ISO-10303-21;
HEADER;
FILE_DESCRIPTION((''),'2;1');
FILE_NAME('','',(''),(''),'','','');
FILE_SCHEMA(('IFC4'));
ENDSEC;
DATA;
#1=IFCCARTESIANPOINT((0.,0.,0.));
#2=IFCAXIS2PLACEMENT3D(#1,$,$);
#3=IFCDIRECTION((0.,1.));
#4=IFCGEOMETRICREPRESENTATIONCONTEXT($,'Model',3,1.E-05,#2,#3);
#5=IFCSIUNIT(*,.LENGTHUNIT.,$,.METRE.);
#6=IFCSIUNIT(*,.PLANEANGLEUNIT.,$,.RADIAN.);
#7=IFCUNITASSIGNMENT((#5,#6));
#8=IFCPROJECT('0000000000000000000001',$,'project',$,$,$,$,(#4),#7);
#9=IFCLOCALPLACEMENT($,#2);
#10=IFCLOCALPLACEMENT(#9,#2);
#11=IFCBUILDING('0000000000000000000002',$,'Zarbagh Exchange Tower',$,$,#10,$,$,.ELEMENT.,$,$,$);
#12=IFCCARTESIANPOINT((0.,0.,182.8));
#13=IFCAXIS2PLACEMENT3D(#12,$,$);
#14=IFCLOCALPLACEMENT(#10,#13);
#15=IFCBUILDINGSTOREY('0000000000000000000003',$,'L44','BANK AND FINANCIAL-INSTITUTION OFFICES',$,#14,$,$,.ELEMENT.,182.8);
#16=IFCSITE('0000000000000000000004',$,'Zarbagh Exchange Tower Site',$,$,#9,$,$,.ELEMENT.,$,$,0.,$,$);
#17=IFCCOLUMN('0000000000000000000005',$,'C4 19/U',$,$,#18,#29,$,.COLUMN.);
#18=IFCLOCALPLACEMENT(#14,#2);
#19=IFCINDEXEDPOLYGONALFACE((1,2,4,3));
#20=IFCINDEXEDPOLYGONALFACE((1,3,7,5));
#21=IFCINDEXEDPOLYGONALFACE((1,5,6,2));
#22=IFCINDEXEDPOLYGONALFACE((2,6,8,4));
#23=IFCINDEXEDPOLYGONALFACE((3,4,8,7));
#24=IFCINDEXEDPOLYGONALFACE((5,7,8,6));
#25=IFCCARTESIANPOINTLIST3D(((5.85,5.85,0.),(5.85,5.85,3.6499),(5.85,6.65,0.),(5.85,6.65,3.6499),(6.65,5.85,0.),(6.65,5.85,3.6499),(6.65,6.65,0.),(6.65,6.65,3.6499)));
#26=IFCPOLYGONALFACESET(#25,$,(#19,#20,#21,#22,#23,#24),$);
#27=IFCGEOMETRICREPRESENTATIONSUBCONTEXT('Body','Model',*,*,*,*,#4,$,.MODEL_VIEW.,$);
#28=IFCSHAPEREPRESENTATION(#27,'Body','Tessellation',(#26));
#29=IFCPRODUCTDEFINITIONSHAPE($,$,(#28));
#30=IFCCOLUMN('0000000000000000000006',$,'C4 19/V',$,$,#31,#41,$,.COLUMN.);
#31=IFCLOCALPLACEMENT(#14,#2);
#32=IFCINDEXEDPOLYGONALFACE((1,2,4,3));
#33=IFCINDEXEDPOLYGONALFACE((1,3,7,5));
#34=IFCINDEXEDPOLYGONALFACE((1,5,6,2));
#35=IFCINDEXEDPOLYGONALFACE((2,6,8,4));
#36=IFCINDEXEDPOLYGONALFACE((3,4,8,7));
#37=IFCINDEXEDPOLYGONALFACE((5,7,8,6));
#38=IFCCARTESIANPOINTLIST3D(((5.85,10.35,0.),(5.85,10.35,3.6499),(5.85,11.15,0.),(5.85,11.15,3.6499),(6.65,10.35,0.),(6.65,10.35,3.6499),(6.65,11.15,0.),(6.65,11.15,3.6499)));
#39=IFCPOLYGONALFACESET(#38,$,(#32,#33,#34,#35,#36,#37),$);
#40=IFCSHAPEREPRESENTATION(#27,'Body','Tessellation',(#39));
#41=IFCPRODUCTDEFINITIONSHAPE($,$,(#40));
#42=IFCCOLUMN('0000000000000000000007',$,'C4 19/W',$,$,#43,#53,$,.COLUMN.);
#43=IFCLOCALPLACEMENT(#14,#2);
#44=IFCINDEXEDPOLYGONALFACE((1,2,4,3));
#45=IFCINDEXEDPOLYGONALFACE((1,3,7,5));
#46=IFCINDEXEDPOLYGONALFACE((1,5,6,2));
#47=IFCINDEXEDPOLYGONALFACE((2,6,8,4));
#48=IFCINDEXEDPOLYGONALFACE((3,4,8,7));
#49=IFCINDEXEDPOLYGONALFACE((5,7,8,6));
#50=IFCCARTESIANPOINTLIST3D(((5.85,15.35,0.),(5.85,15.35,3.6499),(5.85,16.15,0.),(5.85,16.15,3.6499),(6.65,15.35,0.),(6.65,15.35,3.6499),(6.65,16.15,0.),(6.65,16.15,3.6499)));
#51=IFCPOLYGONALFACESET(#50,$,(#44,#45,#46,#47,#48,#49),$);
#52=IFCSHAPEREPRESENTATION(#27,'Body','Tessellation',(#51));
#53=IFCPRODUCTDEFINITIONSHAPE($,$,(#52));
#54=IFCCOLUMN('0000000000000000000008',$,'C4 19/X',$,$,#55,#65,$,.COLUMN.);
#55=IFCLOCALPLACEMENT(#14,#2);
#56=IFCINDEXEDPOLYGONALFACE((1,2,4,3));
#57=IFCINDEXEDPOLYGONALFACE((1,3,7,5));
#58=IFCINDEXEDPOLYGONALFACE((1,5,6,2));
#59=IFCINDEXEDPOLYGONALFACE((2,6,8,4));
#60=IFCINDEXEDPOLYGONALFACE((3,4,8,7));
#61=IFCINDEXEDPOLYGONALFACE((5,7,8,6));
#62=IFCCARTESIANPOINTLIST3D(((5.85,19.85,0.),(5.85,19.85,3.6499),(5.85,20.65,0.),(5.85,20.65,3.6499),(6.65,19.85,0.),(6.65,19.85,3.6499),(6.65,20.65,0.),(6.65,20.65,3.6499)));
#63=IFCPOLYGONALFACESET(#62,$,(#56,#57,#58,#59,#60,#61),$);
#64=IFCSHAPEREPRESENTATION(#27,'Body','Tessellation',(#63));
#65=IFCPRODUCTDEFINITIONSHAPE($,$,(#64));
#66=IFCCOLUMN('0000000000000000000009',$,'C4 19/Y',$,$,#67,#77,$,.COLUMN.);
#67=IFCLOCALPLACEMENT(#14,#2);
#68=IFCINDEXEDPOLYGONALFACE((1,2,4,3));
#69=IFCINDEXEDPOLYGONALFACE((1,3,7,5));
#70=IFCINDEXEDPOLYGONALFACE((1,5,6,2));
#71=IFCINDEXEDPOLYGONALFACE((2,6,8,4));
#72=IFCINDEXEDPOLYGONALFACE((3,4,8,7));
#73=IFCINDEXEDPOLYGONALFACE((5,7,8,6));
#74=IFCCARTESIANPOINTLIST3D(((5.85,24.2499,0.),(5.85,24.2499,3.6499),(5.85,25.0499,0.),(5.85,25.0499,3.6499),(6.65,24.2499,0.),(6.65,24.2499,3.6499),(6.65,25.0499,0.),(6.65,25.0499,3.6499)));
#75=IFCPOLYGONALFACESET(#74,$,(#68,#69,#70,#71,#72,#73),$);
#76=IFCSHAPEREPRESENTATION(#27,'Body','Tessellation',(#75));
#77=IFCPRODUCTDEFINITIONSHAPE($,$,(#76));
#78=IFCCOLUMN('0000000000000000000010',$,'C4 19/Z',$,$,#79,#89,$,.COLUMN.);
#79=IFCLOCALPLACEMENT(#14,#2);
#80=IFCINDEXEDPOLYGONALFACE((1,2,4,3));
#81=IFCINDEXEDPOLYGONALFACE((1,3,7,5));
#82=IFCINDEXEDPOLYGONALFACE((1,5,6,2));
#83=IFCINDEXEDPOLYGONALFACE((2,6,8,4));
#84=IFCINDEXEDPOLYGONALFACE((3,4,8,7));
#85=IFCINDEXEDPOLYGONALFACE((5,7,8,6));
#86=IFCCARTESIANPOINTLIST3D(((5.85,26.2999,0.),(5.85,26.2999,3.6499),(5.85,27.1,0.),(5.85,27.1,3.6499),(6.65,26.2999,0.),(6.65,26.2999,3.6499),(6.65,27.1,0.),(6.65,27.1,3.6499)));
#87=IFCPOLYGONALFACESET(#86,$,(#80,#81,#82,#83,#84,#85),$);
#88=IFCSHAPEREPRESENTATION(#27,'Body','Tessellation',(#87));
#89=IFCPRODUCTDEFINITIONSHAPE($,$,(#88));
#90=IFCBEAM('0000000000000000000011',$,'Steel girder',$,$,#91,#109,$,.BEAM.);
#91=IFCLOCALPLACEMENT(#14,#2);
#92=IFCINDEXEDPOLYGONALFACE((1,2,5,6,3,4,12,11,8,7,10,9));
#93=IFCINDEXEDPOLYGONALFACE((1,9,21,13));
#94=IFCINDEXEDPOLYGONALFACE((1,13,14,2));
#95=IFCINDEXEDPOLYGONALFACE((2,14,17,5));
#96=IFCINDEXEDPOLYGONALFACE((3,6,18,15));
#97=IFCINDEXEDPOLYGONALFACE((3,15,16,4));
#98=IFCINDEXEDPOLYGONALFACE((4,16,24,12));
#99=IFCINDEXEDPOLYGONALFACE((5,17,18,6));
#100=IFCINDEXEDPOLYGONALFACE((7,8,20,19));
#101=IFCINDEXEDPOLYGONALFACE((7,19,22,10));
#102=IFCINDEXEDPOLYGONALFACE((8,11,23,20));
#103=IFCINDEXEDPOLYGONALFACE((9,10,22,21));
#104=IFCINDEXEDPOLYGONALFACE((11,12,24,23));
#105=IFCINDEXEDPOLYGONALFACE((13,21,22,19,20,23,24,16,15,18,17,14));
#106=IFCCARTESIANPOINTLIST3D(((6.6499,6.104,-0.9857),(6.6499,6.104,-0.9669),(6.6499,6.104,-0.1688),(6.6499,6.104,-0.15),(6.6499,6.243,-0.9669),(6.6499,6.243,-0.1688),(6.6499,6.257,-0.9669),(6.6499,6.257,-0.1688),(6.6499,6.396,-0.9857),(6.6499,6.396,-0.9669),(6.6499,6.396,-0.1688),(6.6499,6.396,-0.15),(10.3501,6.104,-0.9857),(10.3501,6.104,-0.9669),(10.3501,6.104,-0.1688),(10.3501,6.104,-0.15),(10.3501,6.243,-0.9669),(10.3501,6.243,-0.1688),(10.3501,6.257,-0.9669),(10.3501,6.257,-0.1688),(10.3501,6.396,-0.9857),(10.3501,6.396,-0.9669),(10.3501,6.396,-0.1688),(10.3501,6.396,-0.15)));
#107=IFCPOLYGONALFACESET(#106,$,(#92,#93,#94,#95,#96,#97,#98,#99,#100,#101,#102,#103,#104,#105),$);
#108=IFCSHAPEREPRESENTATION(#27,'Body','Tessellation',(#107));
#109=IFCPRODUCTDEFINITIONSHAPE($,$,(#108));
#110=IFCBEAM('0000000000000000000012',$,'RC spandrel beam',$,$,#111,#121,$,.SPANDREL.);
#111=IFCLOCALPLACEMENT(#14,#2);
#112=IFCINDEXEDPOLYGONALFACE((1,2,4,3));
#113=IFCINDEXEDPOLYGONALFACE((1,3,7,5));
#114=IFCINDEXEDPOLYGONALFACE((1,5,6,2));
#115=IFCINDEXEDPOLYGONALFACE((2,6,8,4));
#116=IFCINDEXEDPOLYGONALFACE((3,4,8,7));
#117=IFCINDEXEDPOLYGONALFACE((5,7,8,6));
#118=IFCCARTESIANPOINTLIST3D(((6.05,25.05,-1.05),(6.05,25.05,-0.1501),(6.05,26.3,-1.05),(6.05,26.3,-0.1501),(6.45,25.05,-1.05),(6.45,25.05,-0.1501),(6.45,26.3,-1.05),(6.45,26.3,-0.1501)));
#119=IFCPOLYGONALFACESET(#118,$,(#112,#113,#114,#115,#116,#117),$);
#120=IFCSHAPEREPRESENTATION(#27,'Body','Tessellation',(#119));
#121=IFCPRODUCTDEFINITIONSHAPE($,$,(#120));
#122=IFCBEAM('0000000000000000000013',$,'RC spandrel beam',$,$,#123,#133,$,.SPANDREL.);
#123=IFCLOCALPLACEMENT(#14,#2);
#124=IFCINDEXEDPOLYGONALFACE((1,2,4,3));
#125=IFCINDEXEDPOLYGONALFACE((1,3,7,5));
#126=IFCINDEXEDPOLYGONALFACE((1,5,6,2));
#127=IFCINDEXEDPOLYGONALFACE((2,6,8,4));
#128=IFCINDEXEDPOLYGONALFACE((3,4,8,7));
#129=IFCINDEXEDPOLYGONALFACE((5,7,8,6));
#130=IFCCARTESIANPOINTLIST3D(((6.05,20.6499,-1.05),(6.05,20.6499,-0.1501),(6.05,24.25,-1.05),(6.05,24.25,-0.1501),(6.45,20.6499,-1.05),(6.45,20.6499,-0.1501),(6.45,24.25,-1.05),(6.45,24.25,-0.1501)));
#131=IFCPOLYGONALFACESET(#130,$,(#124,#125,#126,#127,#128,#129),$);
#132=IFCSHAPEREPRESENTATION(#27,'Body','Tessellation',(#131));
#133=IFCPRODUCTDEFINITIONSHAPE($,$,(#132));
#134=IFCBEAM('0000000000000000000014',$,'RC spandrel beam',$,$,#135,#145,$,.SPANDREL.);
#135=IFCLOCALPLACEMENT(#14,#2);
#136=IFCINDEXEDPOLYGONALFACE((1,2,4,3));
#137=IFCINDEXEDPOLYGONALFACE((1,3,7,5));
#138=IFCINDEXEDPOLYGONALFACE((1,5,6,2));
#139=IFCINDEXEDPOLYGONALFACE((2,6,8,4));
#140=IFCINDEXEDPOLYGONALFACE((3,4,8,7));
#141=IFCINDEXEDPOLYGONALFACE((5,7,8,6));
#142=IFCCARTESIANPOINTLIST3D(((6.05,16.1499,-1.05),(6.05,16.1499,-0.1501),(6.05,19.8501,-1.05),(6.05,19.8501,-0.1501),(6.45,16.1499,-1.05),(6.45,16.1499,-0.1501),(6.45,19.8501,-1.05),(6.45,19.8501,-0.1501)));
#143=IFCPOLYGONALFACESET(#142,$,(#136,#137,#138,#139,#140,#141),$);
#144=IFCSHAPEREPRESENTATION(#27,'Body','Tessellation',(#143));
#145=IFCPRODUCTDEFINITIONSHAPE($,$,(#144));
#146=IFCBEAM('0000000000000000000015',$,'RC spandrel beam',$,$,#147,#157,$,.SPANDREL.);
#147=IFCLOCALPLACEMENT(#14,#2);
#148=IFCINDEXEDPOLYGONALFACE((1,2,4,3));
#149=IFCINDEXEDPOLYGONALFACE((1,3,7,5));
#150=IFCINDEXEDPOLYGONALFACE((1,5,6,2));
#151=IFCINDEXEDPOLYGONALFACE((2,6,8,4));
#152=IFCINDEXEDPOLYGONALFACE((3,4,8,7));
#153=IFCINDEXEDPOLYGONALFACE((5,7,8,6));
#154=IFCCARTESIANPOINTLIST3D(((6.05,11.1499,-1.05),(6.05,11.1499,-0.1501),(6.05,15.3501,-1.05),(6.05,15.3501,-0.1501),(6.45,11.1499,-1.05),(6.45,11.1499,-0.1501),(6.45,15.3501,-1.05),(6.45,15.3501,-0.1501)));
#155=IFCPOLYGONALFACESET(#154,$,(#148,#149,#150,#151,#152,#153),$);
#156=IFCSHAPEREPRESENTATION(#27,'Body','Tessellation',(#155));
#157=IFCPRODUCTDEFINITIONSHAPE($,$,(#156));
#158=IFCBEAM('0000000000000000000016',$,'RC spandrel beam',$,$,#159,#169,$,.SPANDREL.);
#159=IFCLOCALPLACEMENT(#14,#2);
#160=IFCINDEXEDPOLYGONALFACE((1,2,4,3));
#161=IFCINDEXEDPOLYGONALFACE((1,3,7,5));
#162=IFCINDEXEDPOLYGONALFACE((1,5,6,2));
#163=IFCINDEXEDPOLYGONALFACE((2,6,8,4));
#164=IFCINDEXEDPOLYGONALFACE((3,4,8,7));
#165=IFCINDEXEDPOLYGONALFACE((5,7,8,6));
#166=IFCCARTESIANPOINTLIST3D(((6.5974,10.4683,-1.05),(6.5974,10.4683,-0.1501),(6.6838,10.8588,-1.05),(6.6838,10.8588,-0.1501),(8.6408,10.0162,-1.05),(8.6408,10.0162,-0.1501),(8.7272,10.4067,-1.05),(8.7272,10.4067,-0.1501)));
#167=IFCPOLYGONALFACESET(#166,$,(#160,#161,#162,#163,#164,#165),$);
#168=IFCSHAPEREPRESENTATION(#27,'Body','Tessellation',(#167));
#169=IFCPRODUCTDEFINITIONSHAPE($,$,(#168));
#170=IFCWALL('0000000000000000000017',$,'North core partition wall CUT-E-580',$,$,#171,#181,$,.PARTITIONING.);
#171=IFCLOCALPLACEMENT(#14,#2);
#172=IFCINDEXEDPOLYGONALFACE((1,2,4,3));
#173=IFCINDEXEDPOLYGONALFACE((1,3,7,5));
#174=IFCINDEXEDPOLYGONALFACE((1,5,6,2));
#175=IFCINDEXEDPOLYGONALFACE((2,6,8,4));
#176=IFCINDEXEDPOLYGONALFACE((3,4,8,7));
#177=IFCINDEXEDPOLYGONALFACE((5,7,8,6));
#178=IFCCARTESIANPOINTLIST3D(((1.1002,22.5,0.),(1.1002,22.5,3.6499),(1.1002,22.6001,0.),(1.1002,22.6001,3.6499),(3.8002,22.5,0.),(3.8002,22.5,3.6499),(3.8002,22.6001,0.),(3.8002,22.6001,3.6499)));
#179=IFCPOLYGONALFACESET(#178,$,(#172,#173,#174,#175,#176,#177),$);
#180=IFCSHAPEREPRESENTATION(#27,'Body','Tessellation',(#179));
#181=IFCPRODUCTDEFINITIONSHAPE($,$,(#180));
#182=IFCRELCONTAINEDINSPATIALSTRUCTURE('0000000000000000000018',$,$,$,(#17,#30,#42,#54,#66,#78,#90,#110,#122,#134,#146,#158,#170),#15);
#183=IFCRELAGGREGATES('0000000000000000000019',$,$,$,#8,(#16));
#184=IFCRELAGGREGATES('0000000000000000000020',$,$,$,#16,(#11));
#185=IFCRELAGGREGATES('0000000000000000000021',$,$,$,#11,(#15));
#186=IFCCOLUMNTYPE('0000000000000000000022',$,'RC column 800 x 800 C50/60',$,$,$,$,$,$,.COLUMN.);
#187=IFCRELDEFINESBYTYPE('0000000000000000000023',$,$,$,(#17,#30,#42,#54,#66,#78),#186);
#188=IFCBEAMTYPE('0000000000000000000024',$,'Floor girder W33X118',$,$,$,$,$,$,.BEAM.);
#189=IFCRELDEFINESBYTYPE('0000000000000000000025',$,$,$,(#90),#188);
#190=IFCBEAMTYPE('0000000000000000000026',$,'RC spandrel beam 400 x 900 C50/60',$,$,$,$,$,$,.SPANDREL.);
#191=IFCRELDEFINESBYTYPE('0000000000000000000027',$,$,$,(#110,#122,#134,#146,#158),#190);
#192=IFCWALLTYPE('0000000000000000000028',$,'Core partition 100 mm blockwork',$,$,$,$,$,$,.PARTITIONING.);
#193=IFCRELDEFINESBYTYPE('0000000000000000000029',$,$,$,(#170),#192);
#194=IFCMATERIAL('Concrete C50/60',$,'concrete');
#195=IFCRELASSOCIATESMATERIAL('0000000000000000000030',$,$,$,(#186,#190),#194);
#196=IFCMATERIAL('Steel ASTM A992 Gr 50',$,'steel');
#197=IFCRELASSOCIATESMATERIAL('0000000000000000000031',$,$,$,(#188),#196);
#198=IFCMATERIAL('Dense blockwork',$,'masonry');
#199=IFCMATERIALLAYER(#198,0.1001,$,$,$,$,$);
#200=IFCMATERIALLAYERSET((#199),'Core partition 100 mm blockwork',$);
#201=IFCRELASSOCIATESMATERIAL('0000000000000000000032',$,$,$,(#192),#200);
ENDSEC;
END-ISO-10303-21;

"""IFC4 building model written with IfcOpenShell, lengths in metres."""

from ifc_helpers import new_model, si_unit, direction, frame, frame_2d, origin, origin_2d, place, context, subcontext, project, spatial, rectangle, i_section, extrude, material, layer, layer_set, material_profile, profile_set, type_object, element, save


model = new_model("IFC4")

# Units and contexts
model_context = context("Model", 3, precision=1e-05, world=origin(), true_north=direction((0.0, 1.0)))
body_context = subcontext(model_context, "Body", "Model", "MODEL_VIEW")
ifc_project = project(units=[si_unit("LENGTHUNIT", "METRE"), si_unit("PLANEANGLEUNIT", "RADIAN")], contexts=[model_context])

# Site, building, storey
site_placement = place(None, origin())
site = spatial("IfcSite", under=ifc_project, at=site_placement, Name="Zarbagh Exchange Tower Site", CompositionType="ELEMENT", RefElevation=0.0)
building_placement = place(site_placement, origin())
building = spatial("IfcBuilding", under=site, at=building_placement, Name="Zarbagh Exchange Tower", CompositionType="ELEMENT")
storey_placement = place(building_placement, frame((0.0, 0.0, 182.8)))
storey = spatial("IfcBuildingStorey", under=building, at=storey_placement, Name="L44", Description="BANK AND FINANCIAL-INSTITUTION OFFICES", CompositionType="ELEMENT", Elevation=182.8)

# Columns
ifc_material_1 = material(Name="Concrete C50/60", Category="concrete")
ifc_material_profile_1 = material_profile(ifc_material_1, rectangle(XDim=0.8, YDim=0.8, at=origin_2d()), Name="RC column 800 x 800 C50/60")
ifc_profile_set_1 = profile_set([ifc_material_profile_1], Name="Concrete C50/60")
column_type = type_object("IfcColumnType", Name="RC column 800 x 800 C50/60", PredefinedType="COLUMN", material=ifc_profile_set_1)
for number, where, z_axis, x_axis, name in (
    (1, (6.25, 6.25, 0.0), (0.0, 0.0, 1.0), (1.0, 0.0, 0.0), "C4 19/U"),
    (2, (6.25, 10.75, 0.0), (0.0, 0.0, 1.0), (1.0, 0.0, 0.0), "C4 19/V"),
    (3, (6.25, 15.75, 0.0), (0.0, 0.0, 1.0), (1.0, 0.0, 0.0), "C4 19/W"),
    (4, (6.25, 20.25, 0.0), (0.0, 0.0, 1.0), (1.0, 0.0, 0.0), "C4 19/X"),
    (5, (6.25, 24.6499, 0.0), (0.0, 0.0, 1.0), (1.0, 0.0, 0.0), "C4 19/Y"),
    (6, (6.25, 26.7, 0.0), (0.0, 0.0, 1.0), (1.0, 0.0, 0.0), "C4 19/Z"),
):
    element("IfcColumn", number, at=place(storey_placement, frame(where, z_axis=z_axis, x_axis=x_axis)), inside=storey, type_object=column_type, Name=name, PredefinedType="COLUMN", context=body_context, shape_type="SweptSolid", body=[
        extrude(rectangle(XDim=0.8, YDim=0.8, at=origin_2d()), origin(), (0.0, 0.0, 1.0), 3.6499),
    ])

# Beams
ifc_material_2 = material(Name="Steel ASTM A992 Gr 50", Category="steel")
ifc_material_profile_2 = material_profile(ifc_material_2, i_section(OverallWidth=0.292, OverallDepth=0.8357, WebThickness=0.0139, FlangeThickness=0.0188, at=origin_2d()), Name="W33X118")
ifc_profile_set_2 = profile_set([ifc_material_profile_2], Name="Steel ASTM A992 Gr 50")
beam_type_1 = type_object("IfcBeamType", Name="Floor girder W33X118", PredefinedType="BEAM", material=ifc_profile_set_2)
beam_1_placement = place(storey_placement, frame((6.6499, 6.25, -0.5679), z_axis=(1.0, 0.0, 0.0), x_axis=(0.0, 1.0, 0.0)))
element("IfcBeam", 7, at=beam_1_placement, inside=storey, type_object=beam_type_1, Name="Steel girder", PredefinedType="BEAM", context=body_context, shape_type="SweptSolid", body=[
    extrude(i_section(OverallWidth=0.292, OverallDepth=0.8357, WebThickness=0.0139, FlangeThickness=0.0188, at=origin_2d()), origin(), (0.0, 0.0, 1.0), 3.7002),
])
ifc_material_profile_3 = material_profile(ifc_material_1, rectangle(XDim=0.3999, YDim=0.8999, at=origin_2d()), Name="RC spandrel beam 400 x 900 C50/60")
ifc_profile_set_3 = profile_set([ifc_material_profile_3], Name="Concrete C50/60")
beam_type_2 = type_object("IfcBeamType", Name="RC spandrel beam 400 x 900 C50/60", PredefinedType="SPANDREL", material=ifc_profile_set_3)
beam_2_placement = place(storey_placement, frame((6.25, 26.3, -0.6001), z_axis=(0.0, -1.0, 0.0), x_axis=(1.0, 0.0, 0.0)))
element("IfcBeam", 8, at=beam_2_placement, inside=storey, type_object=beam_type_2, Name="RC spandrel beam", PredefinedType="SPANDREL", context=body_context, shape_type="SweptSolid", body=[
    extrude(rectangle(XDim=0.3999, YDim=0.8999, at=origin_2d()), origin(), (0.0, 0.0, 1.0), 1.25),
])
beam_3_placement = place(storey_placement, frame((6.25, 24.25, -0.6001), z_axis=(0.0, -1.0, 0.0), x_axis=(1.0, 0.0, 0.0)))
element("IfcBeam", 9, at=beam_3_placement, inside=storey, type_object=beam_type_2, Name="RC spandrel beam", PredefinedType="SPANDREL", context=body_context, shape_type="SweptSolid", body=[
    extrude(rectangle(XDim=0.3999, YDim=0.8999, at=origin_2d()), origin(), (0.0, 0.0, 1.0), 3.6001),
])
beam_4_placement = place(storey_placement, frame((6.25, 19.8501, -0.6001), z_axis=(0.0, -1.0, 0.0), x_axis=(1.0, 0.0, 0.0)))
element("IfcBeam", 10, at=beam_4_placement, inside=storey, type_object=beam_type_2, Name="RC spandrel beam", PredefinedType="SPANDREL", context=body_context, shape_type="SweptSolid", body=[
    extrude(rectangle(XDim=0.3999, YDim=0.8999, at=origin_2d()), origin(), (0.0, 0.0, 1.0), 3.7002),
])
beam_5_placement = place(storey_placement, frame((6.25, 15.3501, -0.6001), z_axis=(0.0, -1.0, 0.0), x_axis=(1.0, 0.0, 0.0)))
element("IfcBeam", 11, at=beam_5_placement, inside=storey, type_object=beam_type_2, Name="RC spandrel beam", PredefinedType="SPANDREL", context=body_context, shape_type="SweptSolid", body=[
    extrude(rectangle(XDim=0.3999, YDim=0.8999, at=origin_2d()), origin(), (0.0, 0.0, 1.0), 4.2002),
])
beam_6_placement = place(storey_placement, frame((6.6406, 10.6636, -0.6001), z_axis=(0.976384, -0.216041, 0.0), x_axis=(0.216041, 0.976384, 0.0)))
element("IfcBeam", 12, at=beam_6_placement, inside=storey, type_object=beam_type_2, Name="RC spandrel beam", PredefinedType="SPANDREL", context=body_context, shape_type="SweptSolid", body=[
    extrude(rectangle(XDim=0.3999, YDim=0.8999, at=origin_2d()), origin(), (0.0, 0.0, 1.0), 2.0928),
])

# Wall
ifc_material_3 = material(Name="Dense blockwork", Category="masonry")
ifc_layer_1 = layer(ifc_material_3, 0.1001)
ifc_layer_set_1 = layer_set([ifc_layer_1], Name="Core partition 100 mm blockwork")
wall_type_1 = type_object("IfcWallType", Name="Core partition 100 mm blockwork", PredefinedType="PARTITIONING", material=ifc_layer_set_1)
wall_1_placement = place(storey_placement, frame((1.1001, 22.55, 0.0), z_axis=(0.0, 0.0, 1.0), x_axis=(1.0, 0.0, 0.0)))
element("IfcWall", 13, at=wall_1_placement, inside=storey, type_object=wall_type_1, Name="North core partition wall CUT-E-580", PredefinedType="PARTITIONING", context=body_context, shape_type="SweptSolid", body=[
    extrude(rectangle(XDim=2.7, YDim=0.1001, at=frame_2d((1.3501, 0.0))), origin(), (0.0, 0.0, 1.0), 3.6499),
])

save(model, "model.ifc")
